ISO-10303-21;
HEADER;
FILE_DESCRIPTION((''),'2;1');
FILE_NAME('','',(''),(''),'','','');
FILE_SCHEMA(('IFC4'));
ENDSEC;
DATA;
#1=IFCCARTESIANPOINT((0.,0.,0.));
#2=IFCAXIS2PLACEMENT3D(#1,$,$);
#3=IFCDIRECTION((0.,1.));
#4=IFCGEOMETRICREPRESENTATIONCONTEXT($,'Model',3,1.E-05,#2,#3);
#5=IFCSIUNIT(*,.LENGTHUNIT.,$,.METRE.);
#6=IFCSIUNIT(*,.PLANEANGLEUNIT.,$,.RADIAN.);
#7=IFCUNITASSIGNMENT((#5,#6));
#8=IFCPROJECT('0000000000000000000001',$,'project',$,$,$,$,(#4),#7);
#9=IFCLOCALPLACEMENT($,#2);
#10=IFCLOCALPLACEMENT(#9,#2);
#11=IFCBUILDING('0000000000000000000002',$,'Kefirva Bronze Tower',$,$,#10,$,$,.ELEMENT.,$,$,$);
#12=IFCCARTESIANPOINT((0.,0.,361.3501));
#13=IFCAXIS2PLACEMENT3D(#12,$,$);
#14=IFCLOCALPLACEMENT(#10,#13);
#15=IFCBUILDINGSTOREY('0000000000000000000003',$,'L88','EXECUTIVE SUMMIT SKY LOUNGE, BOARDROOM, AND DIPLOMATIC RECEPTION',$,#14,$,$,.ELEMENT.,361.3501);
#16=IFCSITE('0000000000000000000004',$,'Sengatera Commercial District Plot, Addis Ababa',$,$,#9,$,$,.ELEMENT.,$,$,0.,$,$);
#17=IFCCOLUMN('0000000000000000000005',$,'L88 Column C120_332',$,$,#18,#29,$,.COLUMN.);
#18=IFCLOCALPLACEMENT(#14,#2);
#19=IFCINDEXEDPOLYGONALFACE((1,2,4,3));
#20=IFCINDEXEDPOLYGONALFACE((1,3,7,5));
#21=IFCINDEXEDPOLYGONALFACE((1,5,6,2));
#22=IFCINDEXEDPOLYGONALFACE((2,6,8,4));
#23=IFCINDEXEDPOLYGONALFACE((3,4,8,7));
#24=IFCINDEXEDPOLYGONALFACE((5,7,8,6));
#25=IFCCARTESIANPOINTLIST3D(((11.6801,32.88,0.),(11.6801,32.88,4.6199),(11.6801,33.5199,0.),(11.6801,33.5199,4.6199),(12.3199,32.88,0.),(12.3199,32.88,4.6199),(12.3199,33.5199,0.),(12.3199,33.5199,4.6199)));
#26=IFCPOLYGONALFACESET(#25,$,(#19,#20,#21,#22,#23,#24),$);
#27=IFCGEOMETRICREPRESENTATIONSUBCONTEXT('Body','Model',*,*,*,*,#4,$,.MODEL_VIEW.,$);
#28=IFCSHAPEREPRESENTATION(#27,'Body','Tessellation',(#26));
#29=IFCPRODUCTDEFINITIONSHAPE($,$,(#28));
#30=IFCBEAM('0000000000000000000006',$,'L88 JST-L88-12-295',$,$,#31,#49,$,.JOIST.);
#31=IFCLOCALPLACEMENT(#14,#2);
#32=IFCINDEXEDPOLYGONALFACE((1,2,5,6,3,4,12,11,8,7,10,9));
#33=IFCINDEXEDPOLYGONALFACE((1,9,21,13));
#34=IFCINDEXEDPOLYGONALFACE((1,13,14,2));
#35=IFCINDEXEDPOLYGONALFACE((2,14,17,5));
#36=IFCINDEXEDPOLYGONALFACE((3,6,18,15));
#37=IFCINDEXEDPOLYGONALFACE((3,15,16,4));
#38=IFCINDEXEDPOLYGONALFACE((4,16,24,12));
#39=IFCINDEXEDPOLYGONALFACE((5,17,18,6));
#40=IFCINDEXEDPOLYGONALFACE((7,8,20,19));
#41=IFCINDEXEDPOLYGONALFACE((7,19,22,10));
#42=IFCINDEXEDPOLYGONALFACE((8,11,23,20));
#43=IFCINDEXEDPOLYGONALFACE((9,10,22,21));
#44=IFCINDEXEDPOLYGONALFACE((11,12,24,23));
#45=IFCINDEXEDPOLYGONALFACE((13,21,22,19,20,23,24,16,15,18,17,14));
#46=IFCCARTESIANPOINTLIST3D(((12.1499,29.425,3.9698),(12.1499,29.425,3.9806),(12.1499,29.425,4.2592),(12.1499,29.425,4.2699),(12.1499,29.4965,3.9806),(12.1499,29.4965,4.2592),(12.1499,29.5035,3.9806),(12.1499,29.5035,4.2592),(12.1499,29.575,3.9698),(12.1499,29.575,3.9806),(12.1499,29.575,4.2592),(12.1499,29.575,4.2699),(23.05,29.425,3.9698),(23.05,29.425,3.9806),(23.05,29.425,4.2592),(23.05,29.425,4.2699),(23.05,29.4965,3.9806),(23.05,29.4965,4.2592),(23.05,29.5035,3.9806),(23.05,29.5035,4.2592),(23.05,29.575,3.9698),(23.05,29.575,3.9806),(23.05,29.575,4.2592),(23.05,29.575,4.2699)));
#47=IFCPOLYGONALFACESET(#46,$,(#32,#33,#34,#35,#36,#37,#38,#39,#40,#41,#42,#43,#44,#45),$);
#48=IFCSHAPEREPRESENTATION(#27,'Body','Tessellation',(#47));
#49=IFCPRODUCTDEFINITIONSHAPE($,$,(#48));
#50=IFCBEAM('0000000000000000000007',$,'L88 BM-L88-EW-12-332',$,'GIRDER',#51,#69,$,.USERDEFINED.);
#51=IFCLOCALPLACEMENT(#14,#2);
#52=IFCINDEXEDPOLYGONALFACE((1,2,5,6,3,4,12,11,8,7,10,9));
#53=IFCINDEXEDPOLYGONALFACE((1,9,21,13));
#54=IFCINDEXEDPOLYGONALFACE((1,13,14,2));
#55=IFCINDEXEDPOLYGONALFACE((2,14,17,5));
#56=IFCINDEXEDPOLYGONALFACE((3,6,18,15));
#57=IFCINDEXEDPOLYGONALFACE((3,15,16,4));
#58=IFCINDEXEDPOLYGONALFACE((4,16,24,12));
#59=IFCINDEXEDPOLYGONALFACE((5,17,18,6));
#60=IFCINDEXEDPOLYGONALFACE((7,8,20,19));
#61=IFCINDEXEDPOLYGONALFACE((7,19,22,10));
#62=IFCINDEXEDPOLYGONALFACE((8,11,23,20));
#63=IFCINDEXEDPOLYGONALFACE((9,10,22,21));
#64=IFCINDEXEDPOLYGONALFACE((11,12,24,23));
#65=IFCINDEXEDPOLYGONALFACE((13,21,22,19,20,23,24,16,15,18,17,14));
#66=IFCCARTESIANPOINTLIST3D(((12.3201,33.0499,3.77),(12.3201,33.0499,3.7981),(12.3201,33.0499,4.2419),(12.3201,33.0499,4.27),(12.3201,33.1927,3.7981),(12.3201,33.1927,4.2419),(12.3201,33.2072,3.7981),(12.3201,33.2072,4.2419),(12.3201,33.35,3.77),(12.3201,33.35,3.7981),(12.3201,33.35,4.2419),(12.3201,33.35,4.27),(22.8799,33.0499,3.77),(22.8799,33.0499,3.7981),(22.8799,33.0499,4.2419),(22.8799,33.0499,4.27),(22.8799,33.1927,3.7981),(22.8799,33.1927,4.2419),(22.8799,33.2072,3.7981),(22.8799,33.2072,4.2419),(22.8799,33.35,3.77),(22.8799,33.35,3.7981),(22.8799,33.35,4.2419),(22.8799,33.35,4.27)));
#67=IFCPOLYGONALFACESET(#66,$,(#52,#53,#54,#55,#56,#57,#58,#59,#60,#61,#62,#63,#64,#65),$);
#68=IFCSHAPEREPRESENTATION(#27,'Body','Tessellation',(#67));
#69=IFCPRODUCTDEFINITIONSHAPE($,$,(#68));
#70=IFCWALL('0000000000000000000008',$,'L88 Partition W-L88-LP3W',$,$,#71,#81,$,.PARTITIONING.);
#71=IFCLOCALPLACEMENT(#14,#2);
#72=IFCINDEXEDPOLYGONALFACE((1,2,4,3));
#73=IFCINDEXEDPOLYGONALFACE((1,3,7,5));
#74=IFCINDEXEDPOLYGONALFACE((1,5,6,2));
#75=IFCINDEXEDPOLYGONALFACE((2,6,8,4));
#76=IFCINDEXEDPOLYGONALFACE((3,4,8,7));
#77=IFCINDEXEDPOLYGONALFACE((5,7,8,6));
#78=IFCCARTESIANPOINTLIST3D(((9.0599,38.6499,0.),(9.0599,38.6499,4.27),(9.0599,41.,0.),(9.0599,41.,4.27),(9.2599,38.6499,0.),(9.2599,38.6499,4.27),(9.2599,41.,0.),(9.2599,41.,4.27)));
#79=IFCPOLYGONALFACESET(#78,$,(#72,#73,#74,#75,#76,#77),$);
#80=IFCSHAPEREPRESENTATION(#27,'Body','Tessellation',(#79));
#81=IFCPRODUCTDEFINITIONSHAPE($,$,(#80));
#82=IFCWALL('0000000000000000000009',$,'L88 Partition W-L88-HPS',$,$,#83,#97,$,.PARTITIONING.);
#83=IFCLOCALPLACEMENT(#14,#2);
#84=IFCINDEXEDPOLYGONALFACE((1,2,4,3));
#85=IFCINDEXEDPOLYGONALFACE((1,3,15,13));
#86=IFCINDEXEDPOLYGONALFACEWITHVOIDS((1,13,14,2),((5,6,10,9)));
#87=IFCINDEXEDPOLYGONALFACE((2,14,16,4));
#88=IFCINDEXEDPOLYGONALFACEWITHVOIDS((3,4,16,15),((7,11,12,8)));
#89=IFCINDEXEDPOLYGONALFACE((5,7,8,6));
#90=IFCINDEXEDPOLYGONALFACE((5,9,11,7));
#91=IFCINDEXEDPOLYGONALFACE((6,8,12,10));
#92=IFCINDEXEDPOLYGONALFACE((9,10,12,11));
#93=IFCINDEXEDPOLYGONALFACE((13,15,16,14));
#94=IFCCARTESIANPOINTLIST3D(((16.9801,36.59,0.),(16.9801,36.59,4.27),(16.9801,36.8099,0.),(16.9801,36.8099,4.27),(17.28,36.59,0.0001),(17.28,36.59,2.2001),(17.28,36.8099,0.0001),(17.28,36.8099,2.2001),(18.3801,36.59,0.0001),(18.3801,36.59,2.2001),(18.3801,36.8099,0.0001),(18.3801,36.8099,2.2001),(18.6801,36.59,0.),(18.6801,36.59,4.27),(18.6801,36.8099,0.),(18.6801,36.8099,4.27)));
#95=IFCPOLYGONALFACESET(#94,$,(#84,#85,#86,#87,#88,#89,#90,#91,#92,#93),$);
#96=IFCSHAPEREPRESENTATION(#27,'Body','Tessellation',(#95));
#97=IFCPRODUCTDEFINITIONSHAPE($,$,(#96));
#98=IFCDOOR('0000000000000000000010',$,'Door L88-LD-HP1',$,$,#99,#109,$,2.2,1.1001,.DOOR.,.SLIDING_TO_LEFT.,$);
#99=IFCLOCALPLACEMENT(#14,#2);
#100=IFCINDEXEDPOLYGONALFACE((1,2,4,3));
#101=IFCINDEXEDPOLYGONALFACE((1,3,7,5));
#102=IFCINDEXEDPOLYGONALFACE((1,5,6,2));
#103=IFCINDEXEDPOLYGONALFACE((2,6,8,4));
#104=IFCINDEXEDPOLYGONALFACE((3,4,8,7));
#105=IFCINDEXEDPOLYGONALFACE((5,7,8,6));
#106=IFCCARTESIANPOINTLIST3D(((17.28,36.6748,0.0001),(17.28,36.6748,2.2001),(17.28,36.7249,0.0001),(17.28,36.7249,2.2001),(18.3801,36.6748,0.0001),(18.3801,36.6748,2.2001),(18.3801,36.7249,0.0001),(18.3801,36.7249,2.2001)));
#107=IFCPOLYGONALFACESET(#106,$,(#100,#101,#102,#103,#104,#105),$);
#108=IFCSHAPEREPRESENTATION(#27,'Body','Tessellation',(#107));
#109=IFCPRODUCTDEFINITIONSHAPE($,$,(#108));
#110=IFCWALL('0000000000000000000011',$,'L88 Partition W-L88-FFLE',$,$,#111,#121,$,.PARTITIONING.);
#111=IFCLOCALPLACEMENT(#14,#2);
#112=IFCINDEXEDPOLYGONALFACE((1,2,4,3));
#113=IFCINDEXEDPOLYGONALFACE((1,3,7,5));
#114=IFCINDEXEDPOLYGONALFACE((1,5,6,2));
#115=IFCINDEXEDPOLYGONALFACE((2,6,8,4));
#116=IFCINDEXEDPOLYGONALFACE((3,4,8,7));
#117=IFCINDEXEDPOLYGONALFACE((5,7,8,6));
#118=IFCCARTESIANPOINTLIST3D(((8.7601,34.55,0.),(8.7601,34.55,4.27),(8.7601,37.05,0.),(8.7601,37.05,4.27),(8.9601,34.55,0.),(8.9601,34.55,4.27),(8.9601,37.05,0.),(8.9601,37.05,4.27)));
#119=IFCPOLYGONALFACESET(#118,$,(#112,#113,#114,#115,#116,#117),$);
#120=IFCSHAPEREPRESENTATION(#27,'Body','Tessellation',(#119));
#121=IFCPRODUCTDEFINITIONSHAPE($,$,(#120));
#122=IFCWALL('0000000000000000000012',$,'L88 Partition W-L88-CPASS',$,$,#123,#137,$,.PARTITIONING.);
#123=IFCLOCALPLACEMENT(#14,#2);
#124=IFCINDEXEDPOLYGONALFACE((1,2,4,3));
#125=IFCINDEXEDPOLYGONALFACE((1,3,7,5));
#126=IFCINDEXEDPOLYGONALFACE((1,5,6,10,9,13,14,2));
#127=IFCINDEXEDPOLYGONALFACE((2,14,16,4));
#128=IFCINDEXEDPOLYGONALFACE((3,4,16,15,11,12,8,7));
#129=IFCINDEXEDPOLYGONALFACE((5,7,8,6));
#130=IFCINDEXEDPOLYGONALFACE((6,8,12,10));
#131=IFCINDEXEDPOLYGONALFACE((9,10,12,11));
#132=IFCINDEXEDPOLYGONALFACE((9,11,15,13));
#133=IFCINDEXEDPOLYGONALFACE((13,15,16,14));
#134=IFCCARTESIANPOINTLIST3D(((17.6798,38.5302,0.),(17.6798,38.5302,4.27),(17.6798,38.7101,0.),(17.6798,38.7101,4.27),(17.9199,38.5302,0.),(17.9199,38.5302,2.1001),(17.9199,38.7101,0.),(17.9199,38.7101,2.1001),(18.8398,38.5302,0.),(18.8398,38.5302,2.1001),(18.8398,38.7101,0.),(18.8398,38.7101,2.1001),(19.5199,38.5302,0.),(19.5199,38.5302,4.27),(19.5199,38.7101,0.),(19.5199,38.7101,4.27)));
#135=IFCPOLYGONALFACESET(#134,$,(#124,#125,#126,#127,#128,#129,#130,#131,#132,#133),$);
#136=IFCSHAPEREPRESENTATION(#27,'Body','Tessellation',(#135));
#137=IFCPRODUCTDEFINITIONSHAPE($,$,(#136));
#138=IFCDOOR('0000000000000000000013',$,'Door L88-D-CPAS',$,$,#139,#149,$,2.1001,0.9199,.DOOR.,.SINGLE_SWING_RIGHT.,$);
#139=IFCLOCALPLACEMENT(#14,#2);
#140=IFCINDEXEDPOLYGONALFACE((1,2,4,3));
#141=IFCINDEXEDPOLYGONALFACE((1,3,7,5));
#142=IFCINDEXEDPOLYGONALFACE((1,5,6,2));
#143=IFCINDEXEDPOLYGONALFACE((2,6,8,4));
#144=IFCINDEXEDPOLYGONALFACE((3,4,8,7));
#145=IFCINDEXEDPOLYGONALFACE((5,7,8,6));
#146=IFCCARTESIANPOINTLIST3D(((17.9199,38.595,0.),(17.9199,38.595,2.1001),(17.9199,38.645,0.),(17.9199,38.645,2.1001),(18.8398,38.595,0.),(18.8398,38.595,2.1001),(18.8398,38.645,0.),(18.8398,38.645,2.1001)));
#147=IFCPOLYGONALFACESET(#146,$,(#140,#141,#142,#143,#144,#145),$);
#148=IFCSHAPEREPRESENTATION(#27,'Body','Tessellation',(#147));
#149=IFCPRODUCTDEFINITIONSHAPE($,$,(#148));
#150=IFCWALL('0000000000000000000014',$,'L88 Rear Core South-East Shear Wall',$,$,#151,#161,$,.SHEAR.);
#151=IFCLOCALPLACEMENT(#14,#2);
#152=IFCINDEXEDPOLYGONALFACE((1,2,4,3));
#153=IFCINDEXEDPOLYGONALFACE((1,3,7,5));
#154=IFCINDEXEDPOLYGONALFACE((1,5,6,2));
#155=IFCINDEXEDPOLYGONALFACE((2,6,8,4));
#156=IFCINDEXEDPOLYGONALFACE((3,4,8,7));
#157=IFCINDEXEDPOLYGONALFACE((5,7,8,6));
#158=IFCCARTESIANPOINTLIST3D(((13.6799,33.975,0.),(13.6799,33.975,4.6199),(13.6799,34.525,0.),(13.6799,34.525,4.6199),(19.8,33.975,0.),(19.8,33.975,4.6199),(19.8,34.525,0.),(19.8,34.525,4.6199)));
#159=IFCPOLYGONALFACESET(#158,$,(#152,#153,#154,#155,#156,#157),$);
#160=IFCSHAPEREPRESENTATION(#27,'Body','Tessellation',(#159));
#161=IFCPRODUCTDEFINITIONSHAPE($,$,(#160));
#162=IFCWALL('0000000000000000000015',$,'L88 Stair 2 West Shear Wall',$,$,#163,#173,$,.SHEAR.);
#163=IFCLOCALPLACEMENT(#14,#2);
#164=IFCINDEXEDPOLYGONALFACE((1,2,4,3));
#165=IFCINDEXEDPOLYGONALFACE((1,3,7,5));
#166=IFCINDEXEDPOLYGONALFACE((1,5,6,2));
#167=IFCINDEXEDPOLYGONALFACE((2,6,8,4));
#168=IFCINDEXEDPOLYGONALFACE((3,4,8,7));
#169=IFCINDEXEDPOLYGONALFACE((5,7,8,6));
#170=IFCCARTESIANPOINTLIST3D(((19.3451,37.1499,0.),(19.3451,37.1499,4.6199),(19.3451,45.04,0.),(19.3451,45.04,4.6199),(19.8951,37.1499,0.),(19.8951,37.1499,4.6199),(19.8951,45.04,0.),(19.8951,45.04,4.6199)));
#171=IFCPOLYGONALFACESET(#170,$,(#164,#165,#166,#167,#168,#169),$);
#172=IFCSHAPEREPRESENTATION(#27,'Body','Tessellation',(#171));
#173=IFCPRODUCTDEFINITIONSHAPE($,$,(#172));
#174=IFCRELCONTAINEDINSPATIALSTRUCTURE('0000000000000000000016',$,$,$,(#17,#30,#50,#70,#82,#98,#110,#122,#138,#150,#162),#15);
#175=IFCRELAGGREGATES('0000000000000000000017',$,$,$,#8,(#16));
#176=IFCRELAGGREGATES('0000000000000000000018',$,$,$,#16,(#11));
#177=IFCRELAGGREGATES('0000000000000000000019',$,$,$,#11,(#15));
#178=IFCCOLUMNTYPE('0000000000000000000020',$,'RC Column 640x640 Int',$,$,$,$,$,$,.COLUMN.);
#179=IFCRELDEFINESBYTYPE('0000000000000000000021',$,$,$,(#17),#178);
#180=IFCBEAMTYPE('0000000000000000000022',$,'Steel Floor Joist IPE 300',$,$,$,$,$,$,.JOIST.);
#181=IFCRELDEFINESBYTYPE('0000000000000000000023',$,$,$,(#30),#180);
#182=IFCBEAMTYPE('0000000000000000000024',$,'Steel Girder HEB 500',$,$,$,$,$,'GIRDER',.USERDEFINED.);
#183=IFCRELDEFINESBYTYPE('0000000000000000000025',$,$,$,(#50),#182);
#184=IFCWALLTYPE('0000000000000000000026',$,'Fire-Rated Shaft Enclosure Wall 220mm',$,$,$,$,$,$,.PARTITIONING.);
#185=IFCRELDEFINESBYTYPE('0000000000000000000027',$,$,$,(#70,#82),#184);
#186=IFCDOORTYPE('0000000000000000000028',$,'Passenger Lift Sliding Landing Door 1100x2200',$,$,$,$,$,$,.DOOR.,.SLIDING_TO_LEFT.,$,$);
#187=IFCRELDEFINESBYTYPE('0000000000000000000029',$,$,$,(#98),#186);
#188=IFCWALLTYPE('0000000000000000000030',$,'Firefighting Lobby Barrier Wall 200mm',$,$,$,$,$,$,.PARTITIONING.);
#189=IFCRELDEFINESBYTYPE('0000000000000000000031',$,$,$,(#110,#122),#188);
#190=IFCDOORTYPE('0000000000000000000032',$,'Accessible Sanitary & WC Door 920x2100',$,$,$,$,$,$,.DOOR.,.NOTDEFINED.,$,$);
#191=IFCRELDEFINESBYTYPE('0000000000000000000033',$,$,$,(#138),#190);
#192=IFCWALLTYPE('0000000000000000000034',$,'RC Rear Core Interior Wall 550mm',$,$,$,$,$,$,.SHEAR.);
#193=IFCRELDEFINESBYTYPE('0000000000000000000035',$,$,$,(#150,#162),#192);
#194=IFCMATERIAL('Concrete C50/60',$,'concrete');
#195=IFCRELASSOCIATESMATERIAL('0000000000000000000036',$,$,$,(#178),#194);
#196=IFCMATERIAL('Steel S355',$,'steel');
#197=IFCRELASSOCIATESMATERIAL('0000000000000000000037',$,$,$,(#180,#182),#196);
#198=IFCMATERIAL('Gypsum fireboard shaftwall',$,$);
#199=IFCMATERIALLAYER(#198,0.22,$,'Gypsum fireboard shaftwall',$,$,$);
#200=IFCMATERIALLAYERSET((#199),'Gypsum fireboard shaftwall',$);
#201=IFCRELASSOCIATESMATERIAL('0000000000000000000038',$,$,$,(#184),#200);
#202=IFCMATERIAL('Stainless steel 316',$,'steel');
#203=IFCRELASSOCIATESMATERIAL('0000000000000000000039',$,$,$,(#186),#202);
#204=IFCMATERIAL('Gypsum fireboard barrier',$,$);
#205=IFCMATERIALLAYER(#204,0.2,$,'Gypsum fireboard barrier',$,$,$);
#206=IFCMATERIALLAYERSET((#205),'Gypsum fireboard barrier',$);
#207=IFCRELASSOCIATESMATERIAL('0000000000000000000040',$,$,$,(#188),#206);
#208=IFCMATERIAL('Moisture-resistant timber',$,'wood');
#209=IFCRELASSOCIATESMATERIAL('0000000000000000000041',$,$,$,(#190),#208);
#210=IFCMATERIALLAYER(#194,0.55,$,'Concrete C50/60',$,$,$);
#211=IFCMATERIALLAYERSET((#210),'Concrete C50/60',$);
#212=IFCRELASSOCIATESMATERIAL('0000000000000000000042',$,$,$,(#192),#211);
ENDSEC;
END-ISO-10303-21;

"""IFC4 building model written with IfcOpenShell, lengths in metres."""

from ifc_helpers import new_model, si_unit, direction, frame, frame_2d, origin, origin_2d, place, context, subcontext, project, spatial, rectangle, i_section, extrude, material, layer, layer_set, material_profile, profile_set, type_object, element, fill, save


model = new_model("IFC4")

# Units and contexts
model_context = context("Model", 3, precision=1e-05, world=origin(), true_north=direction((0.0, 1.0)))
body_context = subcontext(model_context, "Body", "Model", "MODEL_VIEW")
ifc_project = project(units=[si_unit("LENGTHUNIT", "METRE"), si_unit("PLANEANGLEUNIT", "RADIAN")], contexts=[model_context])

# Site, building, storey
site_placement = place(None, origin())
site = spatial("IfcSite", under=ifc_project, at=site_placement, Name="Sengatera Commercial District Plot, Addis Ababa", CompositionType="ELEMENT", RefElevation=0.0)
building_placement = place(site_placement, origin())
building = spatial("IfcBuilding", under=site, at=building_placement, Name="Kefirva Bronze Tower", CompositionType="ELEMENT")
storey_placement = place(building_placement, frame((0.0, 0.0, 361.3501)))
storey = spatial("IfcBuildingStorey", under=building, at=storey_placement, Name="L88", Description="EXECUTIVE SUMMIT SKY LOUNGE, BOARDROOM, AND DIPLOMATIC RECEPTION", CompositionType="ELEMENT", Elevation=361.3501)

# Column
ifc_material_1 = material(Name="Concrete C50/60", Category="concrete")
ifc_material_profile_1 = material_profile(ifc_material_1, rectangle(XDim=0.6399, YDim=0.6399, at=origin_2d()), Name="RC 640x640")
ifc_profile_set_1 = profile_set([ifc_material_profile_1], Name="Concrete C50/60")
column_type = type_object("IfcColumnType", Name="RC Column 640x640 Int", PredefinedType="COLUMN", material=ifc_profile_set_1)
column_placement = place(storey_placement, frame((12.0, 33.2, 0.0), z_axis=(0.0, 0.0, 1.0), x_axis=(1.0, 0.0, 0.0)))
element("IfcColumn", 1, at=column_placement, inside=storey, type_object=column_type, Name="L88 Column C120_332", PredefinedType="COLUMN", context=body_context, shape_type="SweptSolid", body=[
    extrude(rectangle(XDim=0.6399, YDim=0.6399, at=origin_2d()), origin(), (0.0, 0.0, 1.0), 4.6199),
])

# Beams
ifc_material_2 = material(Name="Steel S355", Category="steel")
ifc_material_profile_2 = material_profile(ifc_material_2, i_section(OverallWidth=0.1499, OverallDepth=0.3, WebThickness=0.0071, FlangeThickness=0.0107, at=origin_2d()), Name="IPE 300")
ifc_profile_set_2 = profile_set([ifc_material_profile_2], Name="Steel S355")
beam_type_1 = type_object("IfcBeamType", Name="Steel Floor Joist IPE 300", PredefinedType="JOIST", material=ifc_profile_set_2)
beam_1_placement = place(storey_placement, frame((12.1499, 29.5, 4.1199), z_axis=(1.0, 0.0, 0.0), x_axis=(0.0, 1.0, 0.0)))
element("IfcBeam", 2, at=beam_1_placement, inside=storey, type_object=beam_type_1, Name="L88 JST-L88-12-295", PredefinedType="JOIST", context=body_context, shape_type="SweptSolid", body=[
    extrude(i_section(OverallWidth=0.1499, OverallDepth=0.3, WebThickness=0.0071, FlangeThickness=0.0107, at=origin_2d()), origin(), (0.0, 0.0, 1.0), 10.9001),
])
ifc_material_profile_3 = material_profile(ifc_material_2, i_section(OverallWidth=0.3, OverallDepth=0.5, WebThickness=0.0144, FlangeThickness=0.0281, at=origin_2d()), Name="HEB 500")
ifc_profile_set_3 = profile_set([ifc_material_profile_3], Name="Steel S355")
beam_type_2 = type_object("IfcBeamType", Name="Steel Girder HEB 500", ElementType="GIRDER", PredefinedType="USERDEFINED", material=ifc_profile_set_3)
beam_2_placement = place(storey_placement, frame((12.3201, 33.2, 4.02), z_axis=(1.0, 0.0, 0.0), x_axis=(0.0, 1.0, 0.0)))
element("IfcBeam", 3, at=beam_2_placement, inside=storey, type_object=beam_type_2, Name="L88 BM-L88-EW-12-332", ObjectType="GIRDER", PredefinedType="USERDEFINED", context=body_context, shape_type="SweptSolid", body=[
    extrude(i_section(OverallWidth=0.3, OverallDepth=0.5, WebThickness=0.0144, FlangeThickness=0.0281, at=origin_2d()), origin(), (0.0, 0.0, 1.0), 10.5598),
])

# Shared definitions
ifc_material_3 = material(Name="Gypsum fireboard shaftwall")
ifc_layer_1 = layer(ifc_material_3, 0.22, Name="Gypsum fireboard shaftwall")
ifc_layer_set_1 = layer_set([ifc_layer_1], Name="Gypsum fireboard shaftwall")
wall_type_1 = type_object("IfcWallType", Name="Fire-Rated Shaft Enclosure Wall 220mm", PredefinedType="PARTITIONING", material=ifc_layer_set_1)

# Wall
wall_1_placement = place(storey_placement, frame((9.1599, 38.6499, 0.0), z_axis=(0.0, 0.0, 1.0), x_axis=(0.0, 1.0, 0.0)))
element("IfcWall", 4, at=wall_1_placement, inside=storey, type_object=wall_type_1, Name="L88 Partition W-L88-LP3W", PredefinedType="PARTITIONING", context=body_context, shape_type="SweptSolid", body=[
    extrude(rectangle(XDim=2.3501, YDim=0.2, at=frame_2d((1.175, 0.0))), origin(), (0.0, 0.0, 1.0), 4.27),
])

# Wall, opening, door
wall_2_placement = place(storey_placement, frame((16.98, 36.7, 0.0), z_axis=(0.0, 0.0, 1.0), x_axis=(1.0, 0.0, 0.0)))
wall_2 = element("IfcWall", 5, at=wall_2_placement, inside=storey, type_object=wall_type_1, Name="L88 Partition W-L88-HPS", PredefinedType="PARTITIONING", context=body_context, shape_type="SweptSolid", body=[
    extrude(rectangle(XDim=1.7, YDim=0.22, at=frame_2d((0.8501, 0.0))), origin(), (0.0, 0.0, 1.0), 4.27),
])
opening_1_placement = place(wall_2_placement, frame((0.3, 0.0, 0.0)))
opening_1 = element("IfcOpeningElement", 6, at=opening_1_placement, cuts=wall_2, PredefinedType="OPENING", context=body_context, shape_type="SweptSolid", body=[
    extrude(rectangle(XDim=1.1001, YDim=2.2, at=frame_2d((0.55, 1.1001))), frame((0.0, 0.1201, 0.0), z_axis=(0.0, -1.0, 0.0), x_axis=(1.0, 0.0, 0.0)), (0.0, 0.0, 1.0), 0.24),
])
ifc_material_4 = material(Name="Stainless steel 316", Category="steel")
door_type_1 = type_object("IfcDoorType", Name="Passenger Lift Sliding Landing Door 1100x2200", OperationType="SLIDING_TO_LEFT", PredefinedType="DOOR", material=ifc_material_4)
door_1_placement = place(opening_1_placement, origin())
door_1 = element("IfcDoor", 7, at=door_1_placement, inside=storey, type_object=door_type_1, Name="Door L88-LD-HP1", OperationType="SLIDING_TO_LEFT", OverallHeight=2.2, OverallWidth=1.1001, PredefinedType="DOOR", context=body_context, shape_type="SweptSolid", body=[
    extrude(rectangle(XDim=1.1001, YDim=2.2, at=frame_2d((0.55, 1.1001))), frame((0.0, 0.0249, 0.0), z_axis=(0.0, -1.0, 0.0), x_axis=(1.0, 0.0, 0.0)), (0.0, 0.0, 1.0), 0.05),
])
fill(opening_1, door_1)

# Wall
ifc_material_5 = material(Name="Gypsum fireboard barrier")
ifc_layer_2 = layer(ifc_material_5, 0.2, Name="Gypsum fireboard barrier")
ifc_layer_set_2 = layer_set([ifc_layer_2], Name="Gypsum fireboard barrier")
wall_type_2 = type_object("IfcWallType", Name="Firefighting Lobby Barrier Wall 200mm", PredefinedType="PARTITIONING", material=ifc_layer_set_2)
wall_3_placement = place(storey_placement, frame((8.8601, 34.55, 0.0), z_axis=(0.0, 0.0, 1.0), x_axis=(0.0, 1.0, 0.0)))
element("IfcWall", 8, at=wall_3_placement, inside=storey, type_object=wall_type_2, Name="L88 Partition W-L88-FFLE", PredefinedType="PARTITIONING", context=body_context, shape_type="SweptSolid", body=[
    extrude(rectangle(XDim=2.5, YDim=0.2, at=frame_2d((1.25, 0.0))), origin(), (0.0, 0.0, 1.0), 4.27),
])

# Wall, opening, door
wall_4_placement = place(storey_placement, frame((17.6799, 38.6201, 0.0), z_axis=(0.0, 0.0, 1.0), x_axis=(1.0, 0.0, 0.0)))
wall_4 = element("IfcWall", 9, at=wall_4_placement, inside=storey, type_object=wall_type_2, Name="L88 Partition W-L88-CPASS", PredefinedType="PARTITIONING", context=body_context, shape_type="SweptSolid", body=[
    extrude(rectangle(XDim=1.8401, YDim=0.1799, at=frame_2d((0.9199, 0.0))), origin(), (0.0, 0.0, 1.0), 4.27),
])
opening_2_placement = place(wall_4_placement, frame((0.24, 0.0, 0.0)))
opening_2 = element("IfcOpeningElement", 10, at=opening_2_placement, cuts=wall_4, PredefinedType="OPENING", context=body_context, shape_type="SweptSolid", body=[
    extrude(rectangle(XDim=0.9199, YDim=2.1001, at=frame_2d((0.46, 1.05))), frame((0.0, 0.1001, 0.0), z_axis=(0.0, -1.0, 0.0), x_axis=(1.0, 0.0, 0.0)), (0.0, 0.0, 1.0), 0.2),
])
ifc_material_6 = material(Name="Moisture-resistant timber", Category="wood")
door_type_2 = type_object("IfcDoorType", Name="Accessible Sanitary & WC Door 920x2100", OperationType="NOTDEFINED", PredefinedType="DOOR", material=ifc_material_6)
door_2_placement = place(opening_2_placement, origin())
door_2 = element("IfcDoor", 11, at=door_2_placement, inside=storey, type_object=door_type_2, Name="Door L88-D-CPAS", OperationType="SINGLE_SWING_RIGHT", OverallHeight=2.1001, OverallWidth=0.9199, PredefinedType="DOOR", context=body_context, shape_type="SweptSolid", body=[
    extrude(rectangle(XDim=0.9199, YDim=2.1001, at=frame_2d((0.46, 1.05))), frame((0.0, 0.0249, 0.0), z_axis=(0.0, -1.0, 0.0), x_axis=(1.0, 0.0, 0.0)), (0.0, 0.0, 1.0), 0.05),
])
fill(opening_2, door_2)

# Walls
ifc_layer_3 = layer(ifc_material_1, 0.55, Name="Concrete C50/60")
ifc_layer_set_3 = layer_set([ifc_layer_3], Name="Concrete C50/60")
wall_type_3 = type_object("IfcWallType", Name="RC Rear Core Interior Wall 550mm", PredefinedType="SHEAR", material=ifc_layer_set_3)
wall_5_placement = place(storey_placement, frame((13.6799, 34.25, 0.0), z_axis=(0.0, 0.0, 1.0), x_axis=(1.0, 0.0, 0.0)))
element("IfcWall", 12, at=wall_5_placement, inside=storey, type_object=wall_type_3, Name="L88 Rear Core South-East Shear Wall", PredefinedType="SHEAR", context=body_context, shape_type="SweptSolid", body=[
    extrude(rectangle(XDim=6.1201, YDim=0.55, at=frame_2d((3.0601, 0.0))), origin(), (0.0, 0.0, 1.0), 4.6199),
])
wall_6_placement = place(storey_placement, frame((19.6201, 37.1499, 0.0), z_axis=(0.0, 0.0, 1.0), x_axis=(0.0, 1.0, 0.0)))
element("IfcWall", 13, at=wall_6_placement, inside=storey, type_object=wall_type_3, Name="L88 Stair 2 West Shear Wall", PredefinedType="SHEAR", context=body_context, shape_type="SweptSolid", body=[
    extrude(rectangle(XDim=7.8901, YDim=0.55, at=frame_2d((3.9451, 0.0))), origin(), (0.0, 0.0, 1.0), 4.6199),
])

save(model, "model.ifc")
